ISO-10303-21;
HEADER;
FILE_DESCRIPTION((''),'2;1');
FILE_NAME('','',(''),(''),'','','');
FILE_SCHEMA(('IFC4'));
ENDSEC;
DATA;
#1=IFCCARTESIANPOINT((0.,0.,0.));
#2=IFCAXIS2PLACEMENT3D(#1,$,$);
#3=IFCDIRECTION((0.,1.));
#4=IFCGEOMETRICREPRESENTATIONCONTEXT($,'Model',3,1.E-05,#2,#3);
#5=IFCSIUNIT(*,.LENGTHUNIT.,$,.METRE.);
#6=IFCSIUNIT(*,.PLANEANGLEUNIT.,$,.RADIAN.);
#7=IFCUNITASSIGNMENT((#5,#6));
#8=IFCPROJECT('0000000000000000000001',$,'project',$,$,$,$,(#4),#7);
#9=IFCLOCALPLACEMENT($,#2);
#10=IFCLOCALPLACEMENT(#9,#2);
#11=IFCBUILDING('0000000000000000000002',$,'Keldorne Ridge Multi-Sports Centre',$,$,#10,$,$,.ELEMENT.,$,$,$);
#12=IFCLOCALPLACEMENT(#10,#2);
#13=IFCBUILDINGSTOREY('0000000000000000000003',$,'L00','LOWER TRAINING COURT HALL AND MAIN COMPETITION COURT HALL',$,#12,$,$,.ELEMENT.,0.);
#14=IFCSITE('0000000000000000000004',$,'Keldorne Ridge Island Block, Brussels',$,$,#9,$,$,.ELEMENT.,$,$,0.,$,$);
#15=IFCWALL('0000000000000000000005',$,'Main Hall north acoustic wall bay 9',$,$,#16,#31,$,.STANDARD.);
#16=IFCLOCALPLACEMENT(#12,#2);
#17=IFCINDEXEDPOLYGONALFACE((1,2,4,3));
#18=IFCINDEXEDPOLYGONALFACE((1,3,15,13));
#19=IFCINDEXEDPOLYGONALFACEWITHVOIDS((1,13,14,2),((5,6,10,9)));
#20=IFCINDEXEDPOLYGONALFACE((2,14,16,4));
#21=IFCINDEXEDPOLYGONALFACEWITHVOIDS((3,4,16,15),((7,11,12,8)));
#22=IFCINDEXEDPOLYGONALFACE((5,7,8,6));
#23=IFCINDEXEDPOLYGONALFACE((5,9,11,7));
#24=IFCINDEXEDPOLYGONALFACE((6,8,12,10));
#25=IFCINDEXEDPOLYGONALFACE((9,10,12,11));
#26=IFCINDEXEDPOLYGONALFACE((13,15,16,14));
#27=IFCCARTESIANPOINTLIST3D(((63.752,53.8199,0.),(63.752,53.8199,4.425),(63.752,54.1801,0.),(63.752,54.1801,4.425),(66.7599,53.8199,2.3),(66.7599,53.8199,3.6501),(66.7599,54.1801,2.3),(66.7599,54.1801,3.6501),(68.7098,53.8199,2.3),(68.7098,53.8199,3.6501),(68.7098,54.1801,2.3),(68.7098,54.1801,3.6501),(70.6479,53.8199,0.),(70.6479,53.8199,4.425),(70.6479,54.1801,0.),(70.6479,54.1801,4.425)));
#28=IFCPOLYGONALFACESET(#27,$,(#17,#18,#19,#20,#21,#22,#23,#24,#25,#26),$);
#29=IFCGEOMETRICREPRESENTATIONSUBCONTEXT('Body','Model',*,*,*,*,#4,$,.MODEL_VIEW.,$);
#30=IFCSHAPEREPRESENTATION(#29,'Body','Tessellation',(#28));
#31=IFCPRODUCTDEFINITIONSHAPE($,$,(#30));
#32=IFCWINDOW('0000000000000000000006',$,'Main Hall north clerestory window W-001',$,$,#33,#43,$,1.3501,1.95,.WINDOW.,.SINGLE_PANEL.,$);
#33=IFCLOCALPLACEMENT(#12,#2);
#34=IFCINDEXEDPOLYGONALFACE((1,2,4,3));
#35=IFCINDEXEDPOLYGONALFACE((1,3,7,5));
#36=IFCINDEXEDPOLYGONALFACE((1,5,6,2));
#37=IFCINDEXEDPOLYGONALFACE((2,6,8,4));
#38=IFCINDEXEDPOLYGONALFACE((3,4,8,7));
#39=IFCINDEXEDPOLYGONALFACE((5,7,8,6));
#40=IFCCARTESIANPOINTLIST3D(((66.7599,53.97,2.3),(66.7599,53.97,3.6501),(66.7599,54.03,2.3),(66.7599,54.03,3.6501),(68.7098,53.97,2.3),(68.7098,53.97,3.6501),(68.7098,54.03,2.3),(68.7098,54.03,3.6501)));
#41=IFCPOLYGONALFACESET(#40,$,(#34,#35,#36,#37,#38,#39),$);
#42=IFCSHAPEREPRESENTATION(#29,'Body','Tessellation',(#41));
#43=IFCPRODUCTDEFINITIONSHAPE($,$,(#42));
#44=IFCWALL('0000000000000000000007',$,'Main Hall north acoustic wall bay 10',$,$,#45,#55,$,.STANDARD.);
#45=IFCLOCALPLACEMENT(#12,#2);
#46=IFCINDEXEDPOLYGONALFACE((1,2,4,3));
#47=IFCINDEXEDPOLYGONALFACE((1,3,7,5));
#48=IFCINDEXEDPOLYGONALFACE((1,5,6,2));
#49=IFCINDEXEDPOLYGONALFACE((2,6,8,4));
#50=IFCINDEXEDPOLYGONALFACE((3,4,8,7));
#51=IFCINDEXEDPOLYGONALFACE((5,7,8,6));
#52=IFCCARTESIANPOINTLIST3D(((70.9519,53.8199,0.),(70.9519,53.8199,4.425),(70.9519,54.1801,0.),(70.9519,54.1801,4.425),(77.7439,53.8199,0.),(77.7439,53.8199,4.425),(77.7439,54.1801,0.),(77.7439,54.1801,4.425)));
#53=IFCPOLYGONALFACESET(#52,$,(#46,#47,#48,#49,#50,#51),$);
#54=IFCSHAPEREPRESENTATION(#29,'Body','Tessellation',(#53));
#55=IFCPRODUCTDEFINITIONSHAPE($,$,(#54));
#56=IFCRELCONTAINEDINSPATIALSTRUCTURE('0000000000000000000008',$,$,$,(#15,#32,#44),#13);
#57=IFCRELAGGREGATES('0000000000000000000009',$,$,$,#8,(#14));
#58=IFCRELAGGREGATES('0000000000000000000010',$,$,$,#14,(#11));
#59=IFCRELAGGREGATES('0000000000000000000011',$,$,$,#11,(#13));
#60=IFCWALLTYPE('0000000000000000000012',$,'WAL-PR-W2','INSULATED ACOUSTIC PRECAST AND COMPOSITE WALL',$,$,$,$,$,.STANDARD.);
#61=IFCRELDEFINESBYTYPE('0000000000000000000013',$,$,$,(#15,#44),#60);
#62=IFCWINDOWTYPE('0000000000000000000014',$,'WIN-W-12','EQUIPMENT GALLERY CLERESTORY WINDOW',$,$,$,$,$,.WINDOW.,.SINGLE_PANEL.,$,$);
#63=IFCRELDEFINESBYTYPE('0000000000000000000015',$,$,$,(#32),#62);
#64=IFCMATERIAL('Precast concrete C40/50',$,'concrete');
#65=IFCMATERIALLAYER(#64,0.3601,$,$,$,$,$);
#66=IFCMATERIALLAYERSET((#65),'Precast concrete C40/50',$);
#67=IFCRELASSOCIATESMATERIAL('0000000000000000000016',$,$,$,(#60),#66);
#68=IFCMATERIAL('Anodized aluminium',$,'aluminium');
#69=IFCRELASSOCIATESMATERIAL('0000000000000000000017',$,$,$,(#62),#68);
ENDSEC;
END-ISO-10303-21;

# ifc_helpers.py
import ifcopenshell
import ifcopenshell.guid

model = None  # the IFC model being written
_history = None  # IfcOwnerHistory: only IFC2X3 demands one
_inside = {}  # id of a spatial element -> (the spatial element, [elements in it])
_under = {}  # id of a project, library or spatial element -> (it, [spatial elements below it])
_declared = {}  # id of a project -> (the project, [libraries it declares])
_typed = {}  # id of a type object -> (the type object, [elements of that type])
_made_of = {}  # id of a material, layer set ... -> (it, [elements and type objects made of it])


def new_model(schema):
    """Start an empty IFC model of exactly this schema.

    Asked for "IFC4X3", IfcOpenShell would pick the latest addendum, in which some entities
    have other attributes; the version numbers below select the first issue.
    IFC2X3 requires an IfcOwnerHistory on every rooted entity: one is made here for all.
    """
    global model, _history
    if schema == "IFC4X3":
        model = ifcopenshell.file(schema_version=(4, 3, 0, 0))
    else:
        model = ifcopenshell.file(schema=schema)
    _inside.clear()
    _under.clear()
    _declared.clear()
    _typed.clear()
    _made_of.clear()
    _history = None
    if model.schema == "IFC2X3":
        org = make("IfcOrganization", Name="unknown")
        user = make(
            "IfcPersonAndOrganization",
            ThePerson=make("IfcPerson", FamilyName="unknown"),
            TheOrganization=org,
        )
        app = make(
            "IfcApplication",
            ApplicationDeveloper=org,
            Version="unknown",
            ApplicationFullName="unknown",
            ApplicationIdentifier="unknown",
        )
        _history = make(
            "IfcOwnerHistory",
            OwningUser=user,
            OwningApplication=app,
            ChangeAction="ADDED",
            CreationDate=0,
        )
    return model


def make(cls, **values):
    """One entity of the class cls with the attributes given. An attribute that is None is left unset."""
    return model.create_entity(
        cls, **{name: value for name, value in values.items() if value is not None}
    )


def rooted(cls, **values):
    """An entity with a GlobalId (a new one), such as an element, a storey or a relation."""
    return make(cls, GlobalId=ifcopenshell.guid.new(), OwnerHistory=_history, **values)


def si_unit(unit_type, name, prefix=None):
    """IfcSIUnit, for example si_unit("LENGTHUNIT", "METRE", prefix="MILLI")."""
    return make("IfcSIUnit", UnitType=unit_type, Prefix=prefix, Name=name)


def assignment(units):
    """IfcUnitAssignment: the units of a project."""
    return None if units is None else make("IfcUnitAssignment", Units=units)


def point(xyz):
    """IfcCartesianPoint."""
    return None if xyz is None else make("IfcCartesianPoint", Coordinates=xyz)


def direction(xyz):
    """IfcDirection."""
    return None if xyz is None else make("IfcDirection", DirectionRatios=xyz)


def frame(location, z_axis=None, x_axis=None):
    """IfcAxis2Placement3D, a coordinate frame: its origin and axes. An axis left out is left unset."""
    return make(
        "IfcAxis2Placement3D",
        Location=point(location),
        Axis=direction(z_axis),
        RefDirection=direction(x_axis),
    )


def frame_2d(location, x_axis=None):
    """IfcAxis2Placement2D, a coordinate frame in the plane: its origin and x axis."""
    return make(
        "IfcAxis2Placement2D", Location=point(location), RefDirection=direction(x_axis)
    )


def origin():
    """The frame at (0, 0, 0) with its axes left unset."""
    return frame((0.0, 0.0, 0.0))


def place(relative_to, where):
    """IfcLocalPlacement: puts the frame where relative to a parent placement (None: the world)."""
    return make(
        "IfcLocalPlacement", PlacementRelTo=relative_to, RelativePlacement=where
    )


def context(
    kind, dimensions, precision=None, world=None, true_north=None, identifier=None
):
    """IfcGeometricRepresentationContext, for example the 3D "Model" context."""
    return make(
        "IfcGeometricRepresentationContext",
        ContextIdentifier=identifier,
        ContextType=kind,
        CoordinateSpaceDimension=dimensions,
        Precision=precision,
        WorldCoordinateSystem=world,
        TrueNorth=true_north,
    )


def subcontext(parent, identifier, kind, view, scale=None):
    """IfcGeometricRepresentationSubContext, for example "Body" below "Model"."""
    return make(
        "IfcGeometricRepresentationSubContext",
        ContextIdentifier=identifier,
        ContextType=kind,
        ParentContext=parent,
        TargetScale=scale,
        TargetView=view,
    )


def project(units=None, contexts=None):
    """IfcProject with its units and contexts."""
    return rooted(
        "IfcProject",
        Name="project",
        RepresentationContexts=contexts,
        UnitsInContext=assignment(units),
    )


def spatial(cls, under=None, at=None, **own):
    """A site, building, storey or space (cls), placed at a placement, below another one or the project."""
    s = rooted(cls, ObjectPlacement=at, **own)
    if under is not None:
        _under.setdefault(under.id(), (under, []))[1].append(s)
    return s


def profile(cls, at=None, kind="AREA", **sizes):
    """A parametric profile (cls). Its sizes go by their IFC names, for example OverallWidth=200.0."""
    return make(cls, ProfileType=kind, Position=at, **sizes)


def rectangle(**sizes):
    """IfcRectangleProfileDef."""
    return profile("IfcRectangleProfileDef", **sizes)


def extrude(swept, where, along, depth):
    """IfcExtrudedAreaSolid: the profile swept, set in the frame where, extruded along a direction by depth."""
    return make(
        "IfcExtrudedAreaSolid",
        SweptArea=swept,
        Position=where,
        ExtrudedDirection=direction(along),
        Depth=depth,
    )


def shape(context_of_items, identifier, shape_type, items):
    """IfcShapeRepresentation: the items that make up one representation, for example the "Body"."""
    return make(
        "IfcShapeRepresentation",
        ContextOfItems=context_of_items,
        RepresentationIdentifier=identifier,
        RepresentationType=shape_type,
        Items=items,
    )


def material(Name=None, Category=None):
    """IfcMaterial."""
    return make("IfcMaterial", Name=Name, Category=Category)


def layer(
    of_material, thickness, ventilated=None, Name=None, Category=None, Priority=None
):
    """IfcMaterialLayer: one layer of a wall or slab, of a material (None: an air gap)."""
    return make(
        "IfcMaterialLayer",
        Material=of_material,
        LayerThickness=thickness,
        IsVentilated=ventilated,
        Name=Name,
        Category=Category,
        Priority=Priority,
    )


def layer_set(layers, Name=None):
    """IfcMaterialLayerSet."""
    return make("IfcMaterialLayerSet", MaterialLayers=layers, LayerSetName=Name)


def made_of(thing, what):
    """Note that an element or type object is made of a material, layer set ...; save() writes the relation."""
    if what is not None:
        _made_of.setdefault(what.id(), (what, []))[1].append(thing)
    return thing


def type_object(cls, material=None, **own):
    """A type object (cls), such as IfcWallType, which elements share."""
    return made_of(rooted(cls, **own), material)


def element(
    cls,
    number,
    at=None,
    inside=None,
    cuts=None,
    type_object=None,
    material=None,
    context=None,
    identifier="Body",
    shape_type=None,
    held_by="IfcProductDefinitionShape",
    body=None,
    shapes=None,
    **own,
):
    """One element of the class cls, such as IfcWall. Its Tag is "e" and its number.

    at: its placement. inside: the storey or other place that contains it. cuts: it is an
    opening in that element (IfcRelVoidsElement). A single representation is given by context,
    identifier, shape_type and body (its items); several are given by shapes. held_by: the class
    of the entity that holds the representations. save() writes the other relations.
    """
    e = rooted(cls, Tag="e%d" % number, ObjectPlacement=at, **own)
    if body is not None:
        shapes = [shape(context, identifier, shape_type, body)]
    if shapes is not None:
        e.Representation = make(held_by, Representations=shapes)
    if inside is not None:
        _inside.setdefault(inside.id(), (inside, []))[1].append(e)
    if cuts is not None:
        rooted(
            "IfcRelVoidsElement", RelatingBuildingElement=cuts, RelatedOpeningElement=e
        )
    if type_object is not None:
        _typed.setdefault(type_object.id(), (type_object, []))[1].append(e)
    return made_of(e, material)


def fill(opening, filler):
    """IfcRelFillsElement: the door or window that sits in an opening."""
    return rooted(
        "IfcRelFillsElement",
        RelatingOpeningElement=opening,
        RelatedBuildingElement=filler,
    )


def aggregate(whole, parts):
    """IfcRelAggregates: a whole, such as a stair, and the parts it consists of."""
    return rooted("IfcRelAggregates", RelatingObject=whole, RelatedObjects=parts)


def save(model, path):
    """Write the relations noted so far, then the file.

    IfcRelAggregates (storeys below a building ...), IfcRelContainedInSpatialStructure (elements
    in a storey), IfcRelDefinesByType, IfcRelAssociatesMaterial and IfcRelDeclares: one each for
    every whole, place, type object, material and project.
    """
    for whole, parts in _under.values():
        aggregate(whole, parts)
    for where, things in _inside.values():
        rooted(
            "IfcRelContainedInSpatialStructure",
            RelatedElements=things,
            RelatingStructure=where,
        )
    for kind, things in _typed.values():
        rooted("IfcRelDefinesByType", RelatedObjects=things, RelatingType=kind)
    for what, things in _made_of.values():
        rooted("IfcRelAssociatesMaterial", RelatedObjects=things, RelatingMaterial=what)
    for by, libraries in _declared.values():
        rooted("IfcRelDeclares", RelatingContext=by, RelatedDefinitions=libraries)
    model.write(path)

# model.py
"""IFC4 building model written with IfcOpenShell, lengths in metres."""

from ifc_helpers import new_model, si_unit, direction, frame, frame_2d, origin, place, context, subcontext, project, spatial, rectangle, extrude, material, layer, layer_set, type_object, element, fill, save


model = new_model("IFC4")

# Units and contexts
model_context = context("Model", 3, precision=1e-05, world=origin(), true_north=direction((0.0, 1.0)))
body_context = subcontext(model_context, "Body", "Model", "MODEL_VIEW")
ifc_project = project(units=[si_unit("LENGTHUNIT", "METRE"), si_unit("PLANEANGLEUNIT", "RADIAN")], contexts=[model_context])

# Site, building, storey
site_placement = place(None, origin())
site = spatial("IfcSite", under=ifc_project, at=site_placement, Name="Keldorne Ridge Island Block, Brussels", CompositionType="ELEMENT", RefElevation=0.0)
building_placement = place(site_placement, origin())
building = spatial("IfcBuilding", under=site, at=building_placement, Name="Keldorne Ridge Multi-Sports Centre", CompositionType="ELEMENT")
storey_placement = place(building_placement, origin())
storey = spatial("IfcBuildingStorey", under=building, at=storey_placement, Name="L00", Description="LOWER TRAINING COURT HALL AND MAIN COMPETITION COURT HALL", CompositionType="ELEMENT", Elevation=0.0)

# Shared definitions
ifc_material_1 = material(Name="Anodized aluminium", Category="aluminium")

# Wall, opening, window
ifc_material_2 = material(Name="Precast concrete C40/50", Category="concrete")
ifc_layer_1 = layer(ifc_material_2, 0.3601)
ifc_layer_set_1 = layer_set([ifc_layer_1], Name="Precast concrete C40/50")
wall_type = type_object("IfcWallType", Name="WAL-PR-W2", Description="INSULATED ACOUSTIC PRECAST AND COMPOSITE WALL", PredefinedType="STANDARD", material=ifc_layer_set_1)
wall_1_placement = place(storey_placement, frame((70.6479, 54.0, 0.0), z_axis=(0.0, 0.0, 1.0), x_axis=(-1.0, 0.0, 0.0)))
wall_1 = element("IfcWall", 1, at=wall_1_placement, inside=storey, type_object=wall_type, Name="Main Hall north acoustic wall bay 9", PredefinedType="STANDARD", context=body_context, shape_type="SweptSolid", body=[
    extrude(rectangle(XDim=6.896, YDim=0.3601, at=frame_2d((3.448, 0.0))), origin(), (0.0, 0.0, 1.0), 4.425),
])
opening_placement = place(wall_1_placement, frame((1.938, 0.0, 2.3)))
opening = element("IfcOpeningElement", 2, at=opening_placement, cuts=wall_1, PredefinedType="OPENING", context=body_context, shape_type="SweptSolid", body=[
    extrude(rectangle(XDim=1.95, YDim=1.3501, at=frame_2d((0.9751, 0.675))), frame((0.0, 0.1899, 0.0), z_axis=(0.0, -1.0, 0.0), x_axis=(1.0, 0.0, 0.0)), (0.0, 0.0, 1.0), 0.3801),
])
window_type = type_object("IfcWindowType", Name="WIN-W-12", Description="EQUIPMENT GALLERY CLERESTORY WINDOW", PartitioningType="SINGLE_PANEL", PredefinedType="WINDOW", material=ifc_material_1)
window_placement = place(opening_placement, origin())
window = element("IfcWindow", 3, at=window_placement, inside=storey, type_object=window_type, Name="Main Hall north clerestory window W-001", OverallHeight=1.3501, OverallWidth=1.95, PartitioningType="SINGLE_PANEL", PredefinedType="WINDOW", context=body_context, shape_type="SweptSolid", body=[
    extrude(rectangle(XDim=1.95, YDim=1.3501, at=frame_2d((0.9751, 0.675))), frame((0.0, 0.03, 0.0), z_axis=(0.0, -1.0, 0.0), x_axis=(1.0, 0.0, 0.0)), (0.0, 0.0, 1.0), 0.0601),
])
fill(opening, window)

# Wall
wall_2_placement = place(storey_placement, frame((77.7439, 54.0, 0.0), z_axis=(0.0, 0.0, 1.0), x_axis=(-1.0, 0.0, 0.0)))
element("IfcWall", 4, at=wall_2_placement, inside=storey, type_object=wall_type, Name="Main Hall north acoustic wall bay 10", PredefinedType="STANDARD", context=body_context, shape_type="SweptSolid", body=[
    extrude(rectangle(XDim=6.792, YDim=0.3601, at=frame_2d((3.396, 0.0))), origin(), (0.0, 0.0, 1.0), 4.425),
])

save(model, "model.ifc")
